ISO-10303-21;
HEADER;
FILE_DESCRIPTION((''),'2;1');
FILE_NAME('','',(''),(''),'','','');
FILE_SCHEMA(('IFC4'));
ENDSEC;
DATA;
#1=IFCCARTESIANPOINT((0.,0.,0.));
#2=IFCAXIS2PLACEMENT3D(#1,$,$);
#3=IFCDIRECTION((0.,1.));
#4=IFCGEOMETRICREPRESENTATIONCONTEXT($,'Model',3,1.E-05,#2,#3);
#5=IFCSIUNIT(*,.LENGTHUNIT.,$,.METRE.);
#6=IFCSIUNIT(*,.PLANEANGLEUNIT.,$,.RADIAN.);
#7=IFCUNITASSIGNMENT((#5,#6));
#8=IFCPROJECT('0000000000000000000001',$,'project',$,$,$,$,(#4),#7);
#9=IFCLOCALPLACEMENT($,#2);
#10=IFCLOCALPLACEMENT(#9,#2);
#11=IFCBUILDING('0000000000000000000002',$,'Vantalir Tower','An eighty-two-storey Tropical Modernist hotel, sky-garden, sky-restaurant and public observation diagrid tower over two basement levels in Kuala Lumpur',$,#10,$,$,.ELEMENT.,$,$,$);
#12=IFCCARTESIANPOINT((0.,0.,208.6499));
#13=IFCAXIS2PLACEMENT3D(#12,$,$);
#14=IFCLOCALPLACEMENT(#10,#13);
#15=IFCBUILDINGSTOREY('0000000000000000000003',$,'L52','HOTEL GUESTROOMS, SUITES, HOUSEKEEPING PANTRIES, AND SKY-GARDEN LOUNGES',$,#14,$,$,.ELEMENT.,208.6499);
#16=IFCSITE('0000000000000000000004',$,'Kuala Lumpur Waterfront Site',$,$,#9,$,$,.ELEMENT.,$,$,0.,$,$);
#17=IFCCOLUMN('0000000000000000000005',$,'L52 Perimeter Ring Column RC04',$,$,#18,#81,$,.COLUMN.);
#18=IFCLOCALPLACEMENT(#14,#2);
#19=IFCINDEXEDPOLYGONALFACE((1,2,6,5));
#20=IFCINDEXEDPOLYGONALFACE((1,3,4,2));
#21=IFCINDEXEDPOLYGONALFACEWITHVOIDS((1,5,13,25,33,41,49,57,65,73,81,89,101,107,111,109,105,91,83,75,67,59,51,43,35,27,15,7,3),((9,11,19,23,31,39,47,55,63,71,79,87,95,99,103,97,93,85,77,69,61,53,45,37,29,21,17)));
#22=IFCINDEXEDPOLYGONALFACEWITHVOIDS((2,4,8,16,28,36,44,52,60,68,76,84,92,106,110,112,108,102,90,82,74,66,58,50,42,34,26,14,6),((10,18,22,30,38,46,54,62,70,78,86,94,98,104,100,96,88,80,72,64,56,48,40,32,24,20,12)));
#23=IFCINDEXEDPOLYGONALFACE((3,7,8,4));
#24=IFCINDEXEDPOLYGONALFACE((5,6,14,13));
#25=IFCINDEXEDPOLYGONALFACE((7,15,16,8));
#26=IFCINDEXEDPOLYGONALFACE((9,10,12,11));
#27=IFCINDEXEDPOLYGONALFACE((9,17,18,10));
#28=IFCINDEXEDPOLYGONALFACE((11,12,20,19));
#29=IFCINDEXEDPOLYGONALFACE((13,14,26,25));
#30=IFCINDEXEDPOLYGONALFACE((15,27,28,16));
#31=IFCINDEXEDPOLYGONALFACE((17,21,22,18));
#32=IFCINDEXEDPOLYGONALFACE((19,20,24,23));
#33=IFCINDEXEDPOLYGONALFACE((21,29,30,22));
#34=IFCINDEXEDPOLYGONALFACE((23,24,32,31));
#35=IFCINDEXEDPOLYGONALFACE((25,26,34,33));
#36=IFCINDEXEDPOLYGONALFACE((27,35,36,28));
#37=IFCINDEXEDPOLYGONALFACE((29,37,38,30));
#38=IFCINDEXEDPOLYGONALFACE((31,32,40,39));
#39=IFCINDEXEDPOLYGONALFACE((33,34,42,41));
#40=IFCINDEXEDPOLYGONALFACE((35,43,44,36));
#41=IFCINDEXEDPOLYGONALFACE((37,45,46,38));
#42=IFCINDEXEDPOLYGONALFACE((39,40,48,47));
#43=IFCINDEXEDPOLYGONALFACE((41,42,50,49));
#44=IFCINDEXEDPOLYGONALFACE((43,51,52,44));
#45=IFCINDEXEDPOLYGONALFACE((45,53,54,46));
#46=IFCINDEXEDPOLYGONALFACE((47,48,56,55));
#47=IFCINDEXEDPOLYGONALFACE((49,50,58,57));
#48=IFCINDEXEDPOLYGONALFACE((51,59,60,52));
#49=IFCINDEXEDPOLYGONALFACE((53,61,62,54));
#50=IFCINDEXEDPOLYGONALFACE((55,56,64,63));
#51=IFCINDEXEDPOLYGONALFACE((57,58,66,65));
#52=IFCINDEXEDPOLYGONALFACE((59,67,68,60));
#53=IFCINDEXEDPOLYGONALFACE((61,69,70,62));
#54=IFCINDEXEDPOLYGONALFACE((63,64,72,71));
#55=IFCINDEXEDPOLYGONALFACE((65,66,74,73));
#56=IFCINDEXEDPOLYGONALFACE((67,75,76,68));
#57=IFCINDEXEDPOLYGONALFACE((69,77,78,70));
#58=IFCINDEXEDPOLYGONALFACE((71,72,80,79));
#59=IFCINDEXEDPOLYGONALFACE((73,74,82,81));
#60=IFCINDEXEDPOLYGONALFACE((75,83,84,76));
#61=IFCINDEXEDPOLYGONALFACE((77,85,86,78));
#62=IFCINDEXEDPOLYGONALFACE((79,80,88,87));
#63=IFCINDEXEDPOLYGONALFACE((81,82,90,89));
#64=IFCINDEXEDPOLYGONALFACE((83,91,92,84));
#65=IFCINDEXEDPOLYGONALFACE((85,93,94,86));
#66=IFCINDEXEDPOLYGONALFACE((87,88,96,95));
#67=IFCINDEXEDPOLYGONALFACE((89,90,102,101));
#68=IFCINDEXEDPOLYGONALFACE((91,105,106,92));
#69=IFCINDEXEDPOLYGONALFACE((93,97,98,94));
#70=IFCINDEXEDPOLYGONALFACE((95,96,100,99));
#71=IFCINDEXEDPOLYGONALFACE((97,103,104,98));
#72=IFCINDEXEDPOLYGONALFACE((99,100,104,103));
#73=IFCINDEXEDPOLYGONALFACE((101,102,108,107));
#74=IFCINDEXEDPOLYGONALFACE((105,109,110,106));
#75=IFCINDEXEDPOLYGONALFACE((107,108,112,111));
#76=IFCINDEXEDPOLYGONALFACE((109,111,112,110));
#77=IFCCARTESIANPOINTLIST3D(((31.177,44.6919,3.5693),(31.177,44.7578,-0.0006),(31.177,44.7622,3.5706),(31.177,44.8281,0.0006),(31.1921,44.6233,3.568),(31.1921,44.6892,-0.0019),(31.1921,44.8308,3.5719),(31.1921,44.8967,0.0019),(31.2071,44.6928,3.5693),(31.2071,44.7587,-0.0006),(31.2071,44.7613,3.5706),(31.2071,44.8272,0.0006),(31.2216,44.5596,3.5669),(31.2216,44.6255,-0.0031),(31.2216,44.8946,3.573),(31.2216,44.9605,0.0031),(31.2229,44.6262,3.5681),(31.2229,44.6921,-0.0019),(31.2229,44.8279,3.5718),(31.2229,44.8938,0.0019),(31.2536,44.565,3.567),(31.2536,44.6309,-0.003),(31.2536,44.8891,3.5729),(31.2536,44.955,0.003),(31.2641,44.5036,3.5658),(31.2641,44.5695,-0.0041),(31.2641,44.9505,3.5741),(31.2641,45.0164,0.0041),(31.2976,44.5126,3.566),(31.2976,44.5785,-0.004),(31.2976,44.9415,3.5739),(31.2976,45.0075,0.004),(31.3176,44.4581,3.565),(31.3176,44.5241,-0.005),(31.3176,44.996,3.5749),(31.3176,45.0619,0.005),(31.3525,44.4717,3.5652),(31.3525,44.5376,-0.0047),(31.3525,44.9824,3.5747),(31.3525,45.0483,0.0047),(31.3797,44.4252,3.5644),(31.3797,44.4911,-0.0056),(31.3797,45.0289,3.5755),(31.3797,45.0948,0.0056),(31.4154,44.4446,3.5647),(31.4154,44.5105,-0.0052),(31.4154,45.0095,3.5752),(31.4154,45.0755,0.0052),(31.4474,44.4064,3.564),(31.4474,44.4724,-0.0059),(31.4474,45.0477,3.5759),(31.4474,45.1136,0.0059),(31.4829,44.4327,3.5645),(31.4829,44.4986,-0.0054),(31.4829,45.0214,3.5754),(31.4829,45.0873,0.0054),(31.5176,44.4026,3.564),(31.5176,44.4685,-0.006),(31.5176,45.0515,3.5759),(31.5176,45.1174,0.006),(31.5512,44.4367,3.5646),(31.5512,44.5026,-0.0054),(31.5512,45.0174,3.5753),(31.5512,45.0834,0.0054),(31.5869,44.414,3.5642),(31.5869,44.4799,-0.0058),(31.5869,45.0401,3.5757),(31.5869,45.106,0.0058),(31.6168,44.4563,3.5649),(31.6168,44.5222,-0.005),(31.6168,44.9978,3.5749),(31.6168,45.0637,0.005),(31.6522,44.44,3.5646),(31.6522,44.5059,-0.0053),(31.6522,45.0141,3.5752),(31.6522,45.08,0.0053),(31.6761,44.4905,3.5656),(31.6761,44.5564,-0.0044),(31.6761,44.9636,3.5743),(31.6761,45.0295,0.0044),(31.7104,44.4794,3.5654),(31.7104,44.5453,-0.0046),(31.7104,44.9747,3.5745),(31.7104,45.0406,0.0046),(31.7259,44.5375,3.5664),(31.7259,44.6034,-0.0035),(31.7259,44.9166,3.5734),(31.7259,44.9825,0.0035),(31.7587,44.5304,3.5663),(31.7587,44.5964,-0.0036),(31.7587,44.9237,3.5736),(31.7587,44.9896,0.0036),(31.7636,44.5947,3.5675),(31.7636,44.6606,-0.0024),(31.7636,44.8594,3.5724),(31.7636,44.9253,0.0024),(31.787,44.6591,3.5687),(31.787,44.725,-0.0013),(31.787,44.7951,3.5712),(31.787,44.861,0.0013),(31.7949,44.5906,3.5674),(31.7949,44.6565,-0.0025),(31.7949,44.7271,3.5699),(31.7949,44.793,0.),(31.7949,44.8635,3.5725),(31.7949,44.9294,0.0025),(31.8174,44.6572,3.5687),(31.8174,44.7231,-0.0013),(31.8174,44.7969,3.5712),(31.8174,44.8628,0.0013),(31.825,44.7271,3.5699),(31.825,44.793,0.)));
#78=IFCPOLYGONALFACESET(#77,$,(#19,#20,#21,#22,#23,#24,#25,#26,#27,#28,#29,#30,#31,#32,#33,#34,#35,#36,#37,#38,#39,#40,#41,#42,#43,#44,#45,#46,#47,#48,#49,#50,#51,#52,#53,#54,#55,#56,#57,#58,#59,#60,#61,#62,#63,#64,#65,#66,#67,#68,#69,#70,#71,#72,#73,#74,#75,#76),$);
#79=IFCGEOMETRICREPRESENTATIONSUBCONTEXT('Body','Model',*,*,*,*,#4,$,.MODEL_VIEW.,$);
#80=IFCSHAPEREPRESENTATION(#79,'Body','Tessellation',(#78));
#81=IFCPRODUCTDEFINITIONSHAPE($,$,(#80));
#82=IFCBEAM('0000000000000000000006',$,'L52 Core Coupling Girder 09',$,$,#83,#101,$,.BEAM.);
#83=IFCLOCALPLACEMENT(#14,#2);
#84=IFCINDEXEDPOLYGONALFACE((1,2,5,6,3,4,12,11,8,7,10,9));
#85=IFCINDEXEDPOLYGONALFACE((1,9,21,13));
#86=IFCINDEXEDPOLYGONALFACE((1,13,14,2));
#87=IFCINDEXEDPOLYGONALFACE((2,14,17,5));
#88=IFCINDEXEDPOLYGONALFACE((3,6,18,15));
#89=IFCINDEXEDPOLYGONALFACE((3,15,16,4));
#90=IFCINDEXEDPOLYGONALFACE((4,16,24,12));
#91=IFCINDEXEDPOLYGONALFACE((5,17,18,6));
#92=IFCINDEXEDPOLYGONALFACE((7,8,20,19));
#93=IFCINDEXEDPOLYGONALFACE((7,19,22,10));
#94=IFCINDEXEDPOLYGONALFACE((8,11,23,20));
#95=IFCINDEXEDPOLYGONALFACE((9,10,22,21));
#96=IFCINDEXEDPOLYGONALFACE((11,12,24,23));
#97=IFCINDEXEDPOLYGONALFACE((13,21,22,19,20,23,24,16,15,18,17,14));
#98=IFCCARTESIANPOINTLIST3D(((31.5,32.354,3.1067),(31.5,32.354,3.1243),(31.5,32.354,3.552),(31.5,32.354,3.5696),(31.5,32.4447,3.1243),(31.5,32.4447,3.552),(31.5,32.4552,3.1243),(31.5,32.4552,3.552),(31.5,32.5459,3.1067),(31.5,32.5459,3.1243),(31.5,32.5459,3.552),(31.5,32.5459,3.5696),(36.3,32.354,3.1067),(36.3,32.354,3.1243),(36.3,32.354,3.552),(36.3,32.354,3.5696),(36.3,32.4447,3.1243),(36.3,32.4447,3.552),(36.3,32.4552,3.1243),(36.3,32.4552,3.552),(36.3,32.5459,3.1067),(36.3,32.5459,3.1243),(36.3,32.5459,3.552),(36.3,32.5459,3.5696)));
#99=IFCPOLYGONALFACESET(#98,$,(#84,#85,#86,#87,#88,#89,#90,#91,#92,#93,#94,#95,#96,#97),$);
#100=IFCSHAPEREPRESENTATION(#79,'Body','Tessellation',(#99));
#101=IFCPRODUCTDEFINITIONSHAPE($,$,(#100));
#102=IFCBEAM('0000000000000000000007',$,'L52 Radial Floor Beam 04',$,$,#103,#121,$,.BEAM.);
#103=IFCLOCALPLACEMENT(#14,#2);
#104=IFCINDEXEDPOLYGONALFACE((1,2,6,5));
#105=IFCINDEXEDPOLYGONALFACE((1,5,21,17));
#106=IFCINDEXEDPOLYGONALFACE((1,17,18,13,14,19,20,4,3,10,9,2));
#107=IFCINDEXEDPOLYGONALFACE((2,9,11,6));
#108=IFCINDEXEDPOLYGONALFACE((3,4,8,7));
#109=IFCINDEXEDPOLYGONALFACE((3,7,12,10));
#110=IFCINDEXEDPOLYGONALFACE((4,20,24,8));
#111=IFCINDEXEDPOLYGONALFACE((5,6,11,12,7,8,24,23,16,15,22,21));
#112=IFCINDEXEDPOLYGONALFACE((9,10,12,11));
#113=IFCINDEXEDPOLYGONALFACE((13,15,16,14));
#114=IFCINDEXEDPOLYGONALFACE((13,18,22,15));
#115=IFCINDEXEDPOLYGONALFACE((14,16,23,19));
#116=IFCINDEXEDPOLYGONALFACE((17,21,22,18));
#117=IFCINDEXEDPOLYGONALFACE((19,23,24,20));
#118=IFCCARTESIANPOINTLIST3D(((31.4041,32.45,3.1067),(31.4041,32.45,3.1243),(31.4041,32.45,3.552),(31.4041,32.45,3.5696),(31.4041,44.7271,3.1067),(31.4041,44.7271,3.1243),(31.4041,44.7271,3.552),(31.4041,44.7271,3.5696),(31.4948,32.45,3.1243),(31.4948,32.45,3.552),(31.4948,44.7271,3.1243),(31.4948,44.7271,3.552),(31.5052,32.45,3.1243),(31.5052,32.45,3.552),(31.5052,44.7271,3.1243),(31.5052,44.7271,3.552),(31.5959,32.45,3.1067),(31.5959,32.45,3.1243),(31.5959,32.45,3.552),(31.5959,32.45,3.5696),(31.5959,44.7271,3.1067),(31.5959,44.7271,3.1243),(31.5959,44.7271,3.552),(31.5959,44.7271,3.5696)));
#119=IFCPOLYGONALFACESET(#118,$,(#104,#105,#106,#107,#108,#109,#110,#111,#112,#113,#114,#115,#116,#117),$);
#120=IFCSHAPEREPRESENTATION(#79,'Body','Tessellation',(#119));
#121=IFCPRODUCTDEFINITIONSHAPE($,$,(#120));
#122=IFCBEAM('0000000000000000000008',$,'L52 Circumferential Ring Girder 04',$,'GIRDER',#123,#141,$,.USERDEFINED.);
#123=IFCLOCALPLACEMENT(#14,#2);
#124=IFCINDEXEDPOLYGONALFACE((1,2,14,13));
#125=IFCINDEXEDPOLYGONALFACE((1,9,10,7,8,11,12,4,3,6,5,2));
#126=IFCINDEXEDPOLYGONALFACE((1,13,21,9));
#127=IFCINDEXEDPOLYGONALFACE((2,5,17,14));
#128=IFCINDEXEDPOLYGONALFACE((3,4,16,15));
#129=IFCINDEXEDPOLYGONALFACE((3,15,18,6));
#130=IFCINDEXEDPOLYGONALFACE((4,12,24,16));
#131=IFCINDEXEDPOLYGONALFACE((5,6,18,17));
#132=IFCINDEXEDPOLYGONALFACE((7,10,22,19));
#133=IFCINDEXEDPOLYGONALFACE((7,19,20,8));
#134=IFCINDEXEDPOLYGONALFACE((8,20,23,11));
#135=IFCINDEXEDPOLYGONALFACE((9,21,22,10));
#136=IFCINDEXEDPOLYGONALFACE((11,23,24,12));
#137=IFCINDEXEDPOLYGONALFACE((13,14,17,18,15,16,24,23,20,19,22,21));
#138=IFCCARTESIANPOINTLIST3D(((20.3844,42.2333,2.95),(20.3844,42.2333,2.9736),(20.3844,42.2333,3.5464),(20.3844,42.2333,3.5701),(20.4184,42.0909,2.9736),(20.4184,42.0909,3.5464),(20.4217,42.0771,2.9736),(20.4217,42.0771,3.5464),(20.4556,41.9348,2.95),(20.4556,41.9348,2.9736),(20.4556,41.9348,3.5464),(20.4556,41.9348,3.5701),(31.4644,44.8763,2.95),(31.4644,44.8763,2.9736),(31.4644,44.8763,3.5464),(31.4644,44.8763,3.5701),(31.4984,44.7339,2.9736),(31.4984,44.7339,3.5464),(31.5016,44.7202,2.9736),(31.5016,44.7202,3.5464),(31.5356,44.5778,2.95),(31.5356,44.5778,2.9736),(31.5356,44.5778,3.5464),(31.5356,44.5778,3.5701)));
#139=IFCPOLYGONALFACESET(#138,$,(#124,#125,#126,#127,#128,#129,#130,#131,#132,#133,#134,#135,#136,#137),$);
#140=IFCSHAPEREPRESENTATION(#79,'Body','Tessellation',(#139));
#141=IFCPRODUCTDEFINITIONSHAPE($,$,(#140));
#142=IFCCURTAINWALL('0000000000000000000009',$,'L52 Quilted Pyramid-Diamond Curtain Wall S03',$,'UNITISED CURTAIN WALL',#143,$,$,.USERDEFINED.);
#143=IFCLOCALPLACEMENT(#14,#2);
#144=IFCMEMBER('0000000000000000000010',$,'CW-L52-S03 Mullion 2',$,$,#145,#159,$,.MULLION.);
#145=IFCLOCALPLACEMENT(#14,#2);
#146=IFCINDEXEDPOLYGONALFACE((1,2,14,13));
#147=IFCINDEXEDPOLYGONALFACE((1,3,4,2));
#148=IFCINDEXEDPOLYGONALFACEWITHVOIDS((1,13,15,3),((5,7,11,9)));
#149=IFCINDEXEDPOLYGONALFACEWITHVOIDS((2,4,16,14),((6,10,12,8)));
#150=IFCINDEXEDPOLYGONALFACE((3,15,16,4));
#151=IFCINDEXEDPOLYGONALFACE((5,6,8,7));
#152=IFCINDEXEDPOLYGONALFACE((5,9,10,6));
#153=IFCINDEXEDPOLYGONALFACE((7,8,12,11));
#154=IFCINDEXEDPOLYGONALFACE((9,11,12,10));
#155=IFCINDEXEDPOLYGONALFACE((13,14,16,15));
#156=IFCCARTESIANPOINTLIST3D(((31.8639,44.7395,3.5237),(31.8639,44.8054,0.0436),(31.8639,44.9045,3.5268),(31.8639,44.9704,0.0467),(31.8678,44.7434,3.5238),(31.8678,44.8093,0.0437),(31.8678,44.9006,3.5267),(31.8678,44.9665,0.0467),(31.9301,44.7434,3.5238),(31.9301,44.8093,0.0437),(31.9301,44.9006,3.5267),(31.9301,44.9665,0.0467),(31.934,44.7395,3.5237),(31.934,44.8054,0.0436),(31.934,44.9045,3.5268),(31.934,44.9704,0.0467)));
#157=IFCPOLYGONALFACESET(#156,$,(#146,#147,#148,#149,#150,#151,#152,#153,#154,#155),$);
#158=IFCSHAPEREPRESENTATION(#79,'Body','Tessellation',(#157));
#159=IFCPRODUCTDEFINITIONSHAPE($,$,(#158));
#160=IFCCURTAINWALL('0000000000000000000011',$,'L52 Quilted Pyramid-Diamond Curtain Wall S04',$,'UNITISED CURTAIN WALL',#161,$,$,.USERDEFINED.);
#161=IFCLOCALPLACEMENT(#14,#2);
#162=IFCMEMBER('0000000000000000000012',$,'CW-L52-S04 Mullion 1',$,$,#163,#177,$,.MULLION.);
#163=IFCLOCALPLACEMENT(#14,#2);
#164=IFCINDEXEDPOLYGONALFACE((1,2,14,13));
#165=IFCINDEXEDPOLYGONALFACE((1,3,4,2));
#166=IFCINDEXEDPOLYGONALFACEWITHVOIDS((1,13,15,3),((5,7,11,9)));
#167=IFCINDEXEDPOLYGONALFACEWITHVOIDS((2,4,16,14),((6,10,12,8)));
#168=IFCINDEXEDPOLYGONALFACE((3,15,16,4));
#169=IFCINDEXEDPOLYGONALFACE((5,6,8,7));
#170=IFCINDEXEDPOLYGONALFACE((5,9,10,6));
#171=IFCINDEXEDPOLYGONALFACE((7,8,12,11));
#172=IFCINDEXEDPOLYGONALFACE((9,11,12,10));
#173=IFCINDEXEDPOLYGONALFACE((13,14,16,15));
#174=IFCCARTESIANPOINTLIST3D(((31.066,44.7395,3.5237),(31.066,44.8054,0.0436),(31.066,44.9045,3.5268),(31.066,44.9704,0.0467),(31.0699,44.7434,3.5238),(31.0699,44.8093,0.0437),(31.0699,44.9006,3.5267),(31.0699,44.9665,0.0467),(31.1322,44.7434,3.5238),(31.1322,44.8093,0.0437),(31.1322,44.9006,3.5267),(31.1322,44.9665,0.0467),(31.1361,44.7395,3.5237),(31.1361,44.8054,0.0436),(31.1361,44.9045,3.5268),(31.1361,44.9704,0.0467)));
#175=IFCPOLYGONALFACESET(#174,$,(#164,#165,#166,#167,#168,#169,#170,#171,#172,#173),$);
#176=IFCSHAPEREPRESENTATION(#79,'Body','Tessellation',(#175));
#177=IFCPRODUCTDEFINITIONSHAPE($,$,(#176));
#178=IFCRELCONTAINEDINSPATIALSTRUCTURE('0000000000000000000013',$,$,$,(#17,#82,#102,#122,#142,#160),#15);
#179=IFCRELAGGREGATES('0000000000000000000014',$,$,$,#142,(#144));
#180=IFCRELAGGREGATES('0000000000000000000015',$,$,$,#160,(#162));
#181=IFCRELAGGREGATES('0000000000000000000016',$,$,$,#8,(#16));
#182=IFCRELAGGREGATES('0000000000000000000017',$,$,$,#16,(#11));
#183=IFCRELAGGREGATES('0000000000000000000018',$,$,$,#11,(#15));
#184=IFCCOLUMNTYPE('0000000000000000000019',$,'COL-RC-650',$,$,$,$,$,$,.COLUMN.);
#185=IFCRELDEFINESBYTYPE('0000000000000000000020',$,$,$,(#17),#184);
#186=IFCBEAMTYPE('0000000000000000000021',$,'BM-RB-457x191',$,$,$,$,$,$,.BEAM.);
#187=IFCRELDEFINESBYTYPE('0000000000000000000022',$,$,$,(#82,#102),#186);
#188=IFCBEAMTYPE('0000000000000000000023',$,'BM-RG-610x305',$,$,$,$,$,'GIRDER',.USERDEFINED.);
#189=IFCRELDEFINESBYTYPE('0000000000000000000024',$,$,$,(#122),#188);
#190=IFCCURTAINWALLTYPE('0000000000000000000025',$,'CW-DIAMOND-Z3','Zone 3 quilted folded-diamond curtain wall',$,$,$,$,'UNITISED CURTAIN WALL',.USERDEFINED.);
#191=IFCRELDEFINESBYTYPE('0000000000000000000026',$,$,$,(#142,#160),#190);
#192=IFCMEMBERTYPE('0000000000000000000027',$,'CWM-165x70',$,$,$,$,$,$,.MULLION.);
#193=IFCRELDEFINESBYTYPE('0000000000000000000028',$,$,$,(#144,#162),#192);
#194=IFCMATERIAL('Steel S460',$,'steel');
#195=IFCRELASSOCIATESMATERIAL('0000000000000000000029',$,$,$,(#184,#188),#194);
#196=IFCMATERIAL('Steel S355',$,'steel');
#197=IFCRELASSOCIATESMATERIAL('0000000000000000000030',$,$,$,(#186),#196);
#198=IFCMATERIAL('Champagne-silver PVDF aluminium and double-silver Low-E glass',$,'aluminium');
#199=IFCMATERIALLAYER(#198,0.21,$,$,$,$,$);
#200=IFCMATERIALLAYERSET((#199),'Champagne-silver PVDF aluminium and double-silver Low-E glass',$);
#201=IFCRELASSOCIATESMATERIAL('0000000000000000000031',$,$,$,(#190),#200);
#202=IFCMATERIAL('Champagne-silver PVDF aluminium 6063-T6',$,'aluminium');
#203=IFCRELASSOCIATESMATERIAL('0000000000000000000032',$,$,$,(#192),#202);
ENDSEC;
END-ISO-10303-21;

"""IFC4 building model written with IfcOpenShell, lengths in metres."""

from ifc_helpers import new_model, si_unit, direction, frame, origin, origin_2d, place, context, subcontext, project, spatial, hollow_rectangle, hollow_circle, i_section, extrude, material, layer, layer_set, material_profile, profile_set, type_object, element, aggregate, save


model = new_model("IFC4")

# Units and contexts
model_context = context("Model", 3, precision=1e-05, world=origin(), true_north=direction((0.0, 1.0)))
body_context = subcontext(model_context, "Body", "Model", "MODEL_VIEW")
ifc_project = project(units=[si_unit("LENGTHUNIT", "METRE"), si_unit("PLANEANGLEUNIT", "RADIAN")], contexts=[model_context])

# Site, building, storey
site_placement = place(None, origin())
site = spatial("IfcSite", under=ifc_project, at=site_placement, Name="Kuala Lumpur Waterfront Site", CompositionType="ELEMENT", RefElevation=0.0)
building_placement = place(site_placement, origin())
building = spatial("IfcBuilding", under=site, at=building_placement, Name="Vantalir Tower", Description="An eighty-two-storey Tropical Modernist hotel, sky-garden, sky-restaurant and public observation diagrid tower over two basement levels in Kuala Lumpur", CompositionType="ELEMENT")
storey_placement = place(building_placement, frame((0.0, 0.0, 208.6499)))
storey = spatial("IfcBuildingStorey", under=building, at=storey_placement, Name="L52", Description="HOTEL GUESTROOMS, SUITES, HOUSEKEEPING PANTRIES, AND SKY-GARDEN LOUNGES", CompositionType="ELEMENT", Elevation=208.6499)

# Column
ifc_material_1 = material(Name="Steel S460", Category="steel")
ifc_material_profile_1 = material_profile(ifc_material_1, hollow_circle(Radius=0.325, WallThickness=0.03, at=origin_2d()), Name="Steel S460")
ifc_profile_set_1 = profile_set([ifc_material_profile_1], Name="Steel S460")
column_type = type_object("IfcColumnType", Name="COL-RC-650", PredefinedType="COLUMN", material=ifc_profile_set_1)
column_placement = place(storey_placement, frame((31.5, 44.793, 0.0), z_axis=(0.0, -0.018461, 0.99983), x_axis=(1.0, 0.0, 0.0)))
element("IfcColumn", 1, at=column_placement, inside=storey, type_object=column_type, Name="L52 Perimeter Ring Column RC04", PredefinedType="COLUMN", context=body_context, shape_type="SweptSolid", body=[
    extrude(hollow_circle(Radius=0.325, WallThickness=0.03, at=origin_2d()), origin(), (0.0, 0.0, 1.0), 3.5706),
])

# Beams
ifc_material_2 = material(Name="Steel S355", Category="steel")
ifc_material_profile_2 = material_profile(ifc_material_2, i_section(OverallWidth=0.1919, OverallDepth=0.4629, WebThickness=0.0105, FlangeThickness=0.0176, at=origin_2d()), Name="Steel S355")
ifc_profile_set_2 = profile_set([ifc_material_profile_2], Name="Steel S355")
beam_type_1 = type_object("IfcBeamType", Name="BM-RB-457x191", PredefinedType="BEAM", material=ifc_profile_set_2)
beam_1_placement = place(storey_placement, frame((36.3, 32.45, 3.3381), z_axis=(-1.0, 0.0, 0.0), x_axis=(0.0, -1.0, 0.0)))
element("IfcBeam", 2, at=beam_1_placement, inside=storey, type_object=beam_type_1, Name="L52 Core Coupling Girder 09", PredefinedType="BEAM", context=body_context, shape_type="SweptSolid", body=[
    extrude(i_section(OverallWidth=0.1919, OverallDepth=0.4629, WebThickness=0.0105, FlangeThickness=0.0176, at=origin_2d()), origin(), (0.0, 0.0, 1.0), 4.8),
])
beam_2_placement = place(storey_placement, frame((31.5, 44.7271, 3.3381), z_axis=(0.0, -1.0, 0.0), x_axis=(1.0, 0.0, 0.0)))
element("IfcBeam", 3, at=beam_2_placement, inside=storey, type_object=beam_type_1, Name="L52 Radial Floor Beam 04", PredefinedType="BEAM", context=body_context, shape_type="SweptSolid", body=[
    extrude(i_section(OverallWidth=0.1919, OverallDepth=0.4629, WebThickness=0.0105, FlangeThickness=0.0176, at=origin_2d()), origin(), (0.0, 0.0, 1.0), 12.2771),
])
ifc_material_profile_3 = material_profile(ifc_material_1, i_section(OverallWidth=0.3069, OverallDepth=0.6201, WebThickness=0.0142, FlangeThickness=0.0237, at=origin_2d()), Name="Steel S460")
ifc_profile_set_3 = profile_set([ifc_material_profile_3], Name="Steel S460")
beam_type_2 = type_object("IfcBeamType", Name="BM-RG-610x305", ElementType="GIRDER", PredefinedType="USERDEFINED", material=ifc_profile_set_3)
beam_3_placement = place(storey_placement, frame((31.5, 44.7271, 3.26), z_axis=(-0.972708, -0.232032, 0.0), x_axis=(0.232032, -0.972708, 0.0)))
element("IfcBeam", 4, at=beam_3_placement, inside=storey, type_object=beam_type_2, Name="L52 Circumferential Ring Girder 04", ObjectType="GIRDER", PredefinedType="USERDEFINED", context=body_context, shape_type="SweptSolid", body=[
    extrude(i_section(OverallWidth=0.3069, OverallDepth=0.6201, WebThickness=0.0142, FlangeThickness=0.0237, at=origin_2d()), origin(), (0.0, 0.0, 1.0), 11.3909),
])

# Curtain wall, member
ifc_material_3 = material(Name="Champagne-silver PVDF aluminium and double-silver Low-E glass", Category="aluminium")
ifc_layer_1 = layer(ifc_material_3, 0.21)
ifc_layer_set_1 = layer_set([ifc_layer_1], Name="Champagne-silver PVDF aluminium and double-silver Low-E glass")
curtain_wall_type = type_object("IfcCurtainWallType", Name="CW-DIAMOND-Z3", Description="Zone 3 quilted folded-diamond curtain wall", ElementType="UNITISED CURTAIN WALL", PredefinedType="USERDEFINED", material=ifc_layer_set_1)
curtain_wall_1_placement = place(storey_placement, origin())
curtain_wall_1 = element("IfcCurtainWall", 5, at=curtain_wall_1_placement, inside=storey, type_object=curtain_wall_type, Name="L52 Quilted Pyramid-Diamond Curtain Wall S03", ObjectType="UNITISED CURTAIN WALL", PredefinedType="USERDEFINED")
ifc_material_4 = material(Name="Champagne-silver PVDF aluminium 6063-T6", Category="aluminium")
ifc_material_profile_4 = material_profile(ifc_material_4, hollow_rectangle(XDim=0.0701, YDim=0.165, WallThickness=0.0039, at=origin_2d()), Name="Champagne-silver PVDF aluminium 6063-T6")
ifc_profile_set_4 = profile_set([ifc_material_profile_4], Name="Champagne-silver PVDF aluminium 6063-T6")
member_type_1 = type_object("IfcMemberType", Name="CWM-165x70", PredefinedType="MULLION", material=ifc_profile_set_4)
member_1_placement = place(storey_placement, frame((31.8989, 44.8879, 0.0452), z_axis=(0.0, -0.018939, 0.999821), x_axis=(1.0, 0.0, 0.0)))
member_1 = element("IfcMember", 6, at=member_1_placement, type_object=member_type_1, Name="CW-L52-S03 Mullion 2", PredefinedType="MULLION", context=body_context, shape_type="SweptSolid", body=[
    extrude(hollow_rectangle(XDim=0.0701, YDim=0.165, WallThickness=0.0039, at=origin_2d()), origin(), (0.0, 0.0, 1.0), 3.4807),
])

# Curtain wall, member
curtain_wall_2_placement = place(storey_placement, origin())
curtain_wall_2 = element("IfcCurtainWall", 7, at=curtain_wall_2_placement, inside=storey, type_object=curtain_wall_type, Name="L52 Quilted Pyramid-Diamond Curtain Wall S04", ObjectType="UNITISED CURTAIN WALL", PredefinedType="USERDEFINED")
member_2_placement = place(storey_placement, frame((31.1011, 44.8879, 0.0452), z_axis=(0.0, -0.018939, 0.999821), x_axis=(1.0, 0.0, 0.0)))
member_2 = element("IfcMember", 8, at=member_2_placement, type_object=member_type_1, Name="CW-L52-S04 Mullion 1", PredefinedType="MULLION", context=body_context, shape_type="SweptSolid", body=[
    extrude(hollow_rectangle(XDim=0.0701, YDim=0.165, WallThickness=0.0039, at=origin_2d()), origin(), (0.0, 0.0, 1.0), 3.4807),
])

aggregate(curtain_wall_1, [member_1])
aggregate(curtain_wall_2, [member_2])

save(model, "model.ifc")
